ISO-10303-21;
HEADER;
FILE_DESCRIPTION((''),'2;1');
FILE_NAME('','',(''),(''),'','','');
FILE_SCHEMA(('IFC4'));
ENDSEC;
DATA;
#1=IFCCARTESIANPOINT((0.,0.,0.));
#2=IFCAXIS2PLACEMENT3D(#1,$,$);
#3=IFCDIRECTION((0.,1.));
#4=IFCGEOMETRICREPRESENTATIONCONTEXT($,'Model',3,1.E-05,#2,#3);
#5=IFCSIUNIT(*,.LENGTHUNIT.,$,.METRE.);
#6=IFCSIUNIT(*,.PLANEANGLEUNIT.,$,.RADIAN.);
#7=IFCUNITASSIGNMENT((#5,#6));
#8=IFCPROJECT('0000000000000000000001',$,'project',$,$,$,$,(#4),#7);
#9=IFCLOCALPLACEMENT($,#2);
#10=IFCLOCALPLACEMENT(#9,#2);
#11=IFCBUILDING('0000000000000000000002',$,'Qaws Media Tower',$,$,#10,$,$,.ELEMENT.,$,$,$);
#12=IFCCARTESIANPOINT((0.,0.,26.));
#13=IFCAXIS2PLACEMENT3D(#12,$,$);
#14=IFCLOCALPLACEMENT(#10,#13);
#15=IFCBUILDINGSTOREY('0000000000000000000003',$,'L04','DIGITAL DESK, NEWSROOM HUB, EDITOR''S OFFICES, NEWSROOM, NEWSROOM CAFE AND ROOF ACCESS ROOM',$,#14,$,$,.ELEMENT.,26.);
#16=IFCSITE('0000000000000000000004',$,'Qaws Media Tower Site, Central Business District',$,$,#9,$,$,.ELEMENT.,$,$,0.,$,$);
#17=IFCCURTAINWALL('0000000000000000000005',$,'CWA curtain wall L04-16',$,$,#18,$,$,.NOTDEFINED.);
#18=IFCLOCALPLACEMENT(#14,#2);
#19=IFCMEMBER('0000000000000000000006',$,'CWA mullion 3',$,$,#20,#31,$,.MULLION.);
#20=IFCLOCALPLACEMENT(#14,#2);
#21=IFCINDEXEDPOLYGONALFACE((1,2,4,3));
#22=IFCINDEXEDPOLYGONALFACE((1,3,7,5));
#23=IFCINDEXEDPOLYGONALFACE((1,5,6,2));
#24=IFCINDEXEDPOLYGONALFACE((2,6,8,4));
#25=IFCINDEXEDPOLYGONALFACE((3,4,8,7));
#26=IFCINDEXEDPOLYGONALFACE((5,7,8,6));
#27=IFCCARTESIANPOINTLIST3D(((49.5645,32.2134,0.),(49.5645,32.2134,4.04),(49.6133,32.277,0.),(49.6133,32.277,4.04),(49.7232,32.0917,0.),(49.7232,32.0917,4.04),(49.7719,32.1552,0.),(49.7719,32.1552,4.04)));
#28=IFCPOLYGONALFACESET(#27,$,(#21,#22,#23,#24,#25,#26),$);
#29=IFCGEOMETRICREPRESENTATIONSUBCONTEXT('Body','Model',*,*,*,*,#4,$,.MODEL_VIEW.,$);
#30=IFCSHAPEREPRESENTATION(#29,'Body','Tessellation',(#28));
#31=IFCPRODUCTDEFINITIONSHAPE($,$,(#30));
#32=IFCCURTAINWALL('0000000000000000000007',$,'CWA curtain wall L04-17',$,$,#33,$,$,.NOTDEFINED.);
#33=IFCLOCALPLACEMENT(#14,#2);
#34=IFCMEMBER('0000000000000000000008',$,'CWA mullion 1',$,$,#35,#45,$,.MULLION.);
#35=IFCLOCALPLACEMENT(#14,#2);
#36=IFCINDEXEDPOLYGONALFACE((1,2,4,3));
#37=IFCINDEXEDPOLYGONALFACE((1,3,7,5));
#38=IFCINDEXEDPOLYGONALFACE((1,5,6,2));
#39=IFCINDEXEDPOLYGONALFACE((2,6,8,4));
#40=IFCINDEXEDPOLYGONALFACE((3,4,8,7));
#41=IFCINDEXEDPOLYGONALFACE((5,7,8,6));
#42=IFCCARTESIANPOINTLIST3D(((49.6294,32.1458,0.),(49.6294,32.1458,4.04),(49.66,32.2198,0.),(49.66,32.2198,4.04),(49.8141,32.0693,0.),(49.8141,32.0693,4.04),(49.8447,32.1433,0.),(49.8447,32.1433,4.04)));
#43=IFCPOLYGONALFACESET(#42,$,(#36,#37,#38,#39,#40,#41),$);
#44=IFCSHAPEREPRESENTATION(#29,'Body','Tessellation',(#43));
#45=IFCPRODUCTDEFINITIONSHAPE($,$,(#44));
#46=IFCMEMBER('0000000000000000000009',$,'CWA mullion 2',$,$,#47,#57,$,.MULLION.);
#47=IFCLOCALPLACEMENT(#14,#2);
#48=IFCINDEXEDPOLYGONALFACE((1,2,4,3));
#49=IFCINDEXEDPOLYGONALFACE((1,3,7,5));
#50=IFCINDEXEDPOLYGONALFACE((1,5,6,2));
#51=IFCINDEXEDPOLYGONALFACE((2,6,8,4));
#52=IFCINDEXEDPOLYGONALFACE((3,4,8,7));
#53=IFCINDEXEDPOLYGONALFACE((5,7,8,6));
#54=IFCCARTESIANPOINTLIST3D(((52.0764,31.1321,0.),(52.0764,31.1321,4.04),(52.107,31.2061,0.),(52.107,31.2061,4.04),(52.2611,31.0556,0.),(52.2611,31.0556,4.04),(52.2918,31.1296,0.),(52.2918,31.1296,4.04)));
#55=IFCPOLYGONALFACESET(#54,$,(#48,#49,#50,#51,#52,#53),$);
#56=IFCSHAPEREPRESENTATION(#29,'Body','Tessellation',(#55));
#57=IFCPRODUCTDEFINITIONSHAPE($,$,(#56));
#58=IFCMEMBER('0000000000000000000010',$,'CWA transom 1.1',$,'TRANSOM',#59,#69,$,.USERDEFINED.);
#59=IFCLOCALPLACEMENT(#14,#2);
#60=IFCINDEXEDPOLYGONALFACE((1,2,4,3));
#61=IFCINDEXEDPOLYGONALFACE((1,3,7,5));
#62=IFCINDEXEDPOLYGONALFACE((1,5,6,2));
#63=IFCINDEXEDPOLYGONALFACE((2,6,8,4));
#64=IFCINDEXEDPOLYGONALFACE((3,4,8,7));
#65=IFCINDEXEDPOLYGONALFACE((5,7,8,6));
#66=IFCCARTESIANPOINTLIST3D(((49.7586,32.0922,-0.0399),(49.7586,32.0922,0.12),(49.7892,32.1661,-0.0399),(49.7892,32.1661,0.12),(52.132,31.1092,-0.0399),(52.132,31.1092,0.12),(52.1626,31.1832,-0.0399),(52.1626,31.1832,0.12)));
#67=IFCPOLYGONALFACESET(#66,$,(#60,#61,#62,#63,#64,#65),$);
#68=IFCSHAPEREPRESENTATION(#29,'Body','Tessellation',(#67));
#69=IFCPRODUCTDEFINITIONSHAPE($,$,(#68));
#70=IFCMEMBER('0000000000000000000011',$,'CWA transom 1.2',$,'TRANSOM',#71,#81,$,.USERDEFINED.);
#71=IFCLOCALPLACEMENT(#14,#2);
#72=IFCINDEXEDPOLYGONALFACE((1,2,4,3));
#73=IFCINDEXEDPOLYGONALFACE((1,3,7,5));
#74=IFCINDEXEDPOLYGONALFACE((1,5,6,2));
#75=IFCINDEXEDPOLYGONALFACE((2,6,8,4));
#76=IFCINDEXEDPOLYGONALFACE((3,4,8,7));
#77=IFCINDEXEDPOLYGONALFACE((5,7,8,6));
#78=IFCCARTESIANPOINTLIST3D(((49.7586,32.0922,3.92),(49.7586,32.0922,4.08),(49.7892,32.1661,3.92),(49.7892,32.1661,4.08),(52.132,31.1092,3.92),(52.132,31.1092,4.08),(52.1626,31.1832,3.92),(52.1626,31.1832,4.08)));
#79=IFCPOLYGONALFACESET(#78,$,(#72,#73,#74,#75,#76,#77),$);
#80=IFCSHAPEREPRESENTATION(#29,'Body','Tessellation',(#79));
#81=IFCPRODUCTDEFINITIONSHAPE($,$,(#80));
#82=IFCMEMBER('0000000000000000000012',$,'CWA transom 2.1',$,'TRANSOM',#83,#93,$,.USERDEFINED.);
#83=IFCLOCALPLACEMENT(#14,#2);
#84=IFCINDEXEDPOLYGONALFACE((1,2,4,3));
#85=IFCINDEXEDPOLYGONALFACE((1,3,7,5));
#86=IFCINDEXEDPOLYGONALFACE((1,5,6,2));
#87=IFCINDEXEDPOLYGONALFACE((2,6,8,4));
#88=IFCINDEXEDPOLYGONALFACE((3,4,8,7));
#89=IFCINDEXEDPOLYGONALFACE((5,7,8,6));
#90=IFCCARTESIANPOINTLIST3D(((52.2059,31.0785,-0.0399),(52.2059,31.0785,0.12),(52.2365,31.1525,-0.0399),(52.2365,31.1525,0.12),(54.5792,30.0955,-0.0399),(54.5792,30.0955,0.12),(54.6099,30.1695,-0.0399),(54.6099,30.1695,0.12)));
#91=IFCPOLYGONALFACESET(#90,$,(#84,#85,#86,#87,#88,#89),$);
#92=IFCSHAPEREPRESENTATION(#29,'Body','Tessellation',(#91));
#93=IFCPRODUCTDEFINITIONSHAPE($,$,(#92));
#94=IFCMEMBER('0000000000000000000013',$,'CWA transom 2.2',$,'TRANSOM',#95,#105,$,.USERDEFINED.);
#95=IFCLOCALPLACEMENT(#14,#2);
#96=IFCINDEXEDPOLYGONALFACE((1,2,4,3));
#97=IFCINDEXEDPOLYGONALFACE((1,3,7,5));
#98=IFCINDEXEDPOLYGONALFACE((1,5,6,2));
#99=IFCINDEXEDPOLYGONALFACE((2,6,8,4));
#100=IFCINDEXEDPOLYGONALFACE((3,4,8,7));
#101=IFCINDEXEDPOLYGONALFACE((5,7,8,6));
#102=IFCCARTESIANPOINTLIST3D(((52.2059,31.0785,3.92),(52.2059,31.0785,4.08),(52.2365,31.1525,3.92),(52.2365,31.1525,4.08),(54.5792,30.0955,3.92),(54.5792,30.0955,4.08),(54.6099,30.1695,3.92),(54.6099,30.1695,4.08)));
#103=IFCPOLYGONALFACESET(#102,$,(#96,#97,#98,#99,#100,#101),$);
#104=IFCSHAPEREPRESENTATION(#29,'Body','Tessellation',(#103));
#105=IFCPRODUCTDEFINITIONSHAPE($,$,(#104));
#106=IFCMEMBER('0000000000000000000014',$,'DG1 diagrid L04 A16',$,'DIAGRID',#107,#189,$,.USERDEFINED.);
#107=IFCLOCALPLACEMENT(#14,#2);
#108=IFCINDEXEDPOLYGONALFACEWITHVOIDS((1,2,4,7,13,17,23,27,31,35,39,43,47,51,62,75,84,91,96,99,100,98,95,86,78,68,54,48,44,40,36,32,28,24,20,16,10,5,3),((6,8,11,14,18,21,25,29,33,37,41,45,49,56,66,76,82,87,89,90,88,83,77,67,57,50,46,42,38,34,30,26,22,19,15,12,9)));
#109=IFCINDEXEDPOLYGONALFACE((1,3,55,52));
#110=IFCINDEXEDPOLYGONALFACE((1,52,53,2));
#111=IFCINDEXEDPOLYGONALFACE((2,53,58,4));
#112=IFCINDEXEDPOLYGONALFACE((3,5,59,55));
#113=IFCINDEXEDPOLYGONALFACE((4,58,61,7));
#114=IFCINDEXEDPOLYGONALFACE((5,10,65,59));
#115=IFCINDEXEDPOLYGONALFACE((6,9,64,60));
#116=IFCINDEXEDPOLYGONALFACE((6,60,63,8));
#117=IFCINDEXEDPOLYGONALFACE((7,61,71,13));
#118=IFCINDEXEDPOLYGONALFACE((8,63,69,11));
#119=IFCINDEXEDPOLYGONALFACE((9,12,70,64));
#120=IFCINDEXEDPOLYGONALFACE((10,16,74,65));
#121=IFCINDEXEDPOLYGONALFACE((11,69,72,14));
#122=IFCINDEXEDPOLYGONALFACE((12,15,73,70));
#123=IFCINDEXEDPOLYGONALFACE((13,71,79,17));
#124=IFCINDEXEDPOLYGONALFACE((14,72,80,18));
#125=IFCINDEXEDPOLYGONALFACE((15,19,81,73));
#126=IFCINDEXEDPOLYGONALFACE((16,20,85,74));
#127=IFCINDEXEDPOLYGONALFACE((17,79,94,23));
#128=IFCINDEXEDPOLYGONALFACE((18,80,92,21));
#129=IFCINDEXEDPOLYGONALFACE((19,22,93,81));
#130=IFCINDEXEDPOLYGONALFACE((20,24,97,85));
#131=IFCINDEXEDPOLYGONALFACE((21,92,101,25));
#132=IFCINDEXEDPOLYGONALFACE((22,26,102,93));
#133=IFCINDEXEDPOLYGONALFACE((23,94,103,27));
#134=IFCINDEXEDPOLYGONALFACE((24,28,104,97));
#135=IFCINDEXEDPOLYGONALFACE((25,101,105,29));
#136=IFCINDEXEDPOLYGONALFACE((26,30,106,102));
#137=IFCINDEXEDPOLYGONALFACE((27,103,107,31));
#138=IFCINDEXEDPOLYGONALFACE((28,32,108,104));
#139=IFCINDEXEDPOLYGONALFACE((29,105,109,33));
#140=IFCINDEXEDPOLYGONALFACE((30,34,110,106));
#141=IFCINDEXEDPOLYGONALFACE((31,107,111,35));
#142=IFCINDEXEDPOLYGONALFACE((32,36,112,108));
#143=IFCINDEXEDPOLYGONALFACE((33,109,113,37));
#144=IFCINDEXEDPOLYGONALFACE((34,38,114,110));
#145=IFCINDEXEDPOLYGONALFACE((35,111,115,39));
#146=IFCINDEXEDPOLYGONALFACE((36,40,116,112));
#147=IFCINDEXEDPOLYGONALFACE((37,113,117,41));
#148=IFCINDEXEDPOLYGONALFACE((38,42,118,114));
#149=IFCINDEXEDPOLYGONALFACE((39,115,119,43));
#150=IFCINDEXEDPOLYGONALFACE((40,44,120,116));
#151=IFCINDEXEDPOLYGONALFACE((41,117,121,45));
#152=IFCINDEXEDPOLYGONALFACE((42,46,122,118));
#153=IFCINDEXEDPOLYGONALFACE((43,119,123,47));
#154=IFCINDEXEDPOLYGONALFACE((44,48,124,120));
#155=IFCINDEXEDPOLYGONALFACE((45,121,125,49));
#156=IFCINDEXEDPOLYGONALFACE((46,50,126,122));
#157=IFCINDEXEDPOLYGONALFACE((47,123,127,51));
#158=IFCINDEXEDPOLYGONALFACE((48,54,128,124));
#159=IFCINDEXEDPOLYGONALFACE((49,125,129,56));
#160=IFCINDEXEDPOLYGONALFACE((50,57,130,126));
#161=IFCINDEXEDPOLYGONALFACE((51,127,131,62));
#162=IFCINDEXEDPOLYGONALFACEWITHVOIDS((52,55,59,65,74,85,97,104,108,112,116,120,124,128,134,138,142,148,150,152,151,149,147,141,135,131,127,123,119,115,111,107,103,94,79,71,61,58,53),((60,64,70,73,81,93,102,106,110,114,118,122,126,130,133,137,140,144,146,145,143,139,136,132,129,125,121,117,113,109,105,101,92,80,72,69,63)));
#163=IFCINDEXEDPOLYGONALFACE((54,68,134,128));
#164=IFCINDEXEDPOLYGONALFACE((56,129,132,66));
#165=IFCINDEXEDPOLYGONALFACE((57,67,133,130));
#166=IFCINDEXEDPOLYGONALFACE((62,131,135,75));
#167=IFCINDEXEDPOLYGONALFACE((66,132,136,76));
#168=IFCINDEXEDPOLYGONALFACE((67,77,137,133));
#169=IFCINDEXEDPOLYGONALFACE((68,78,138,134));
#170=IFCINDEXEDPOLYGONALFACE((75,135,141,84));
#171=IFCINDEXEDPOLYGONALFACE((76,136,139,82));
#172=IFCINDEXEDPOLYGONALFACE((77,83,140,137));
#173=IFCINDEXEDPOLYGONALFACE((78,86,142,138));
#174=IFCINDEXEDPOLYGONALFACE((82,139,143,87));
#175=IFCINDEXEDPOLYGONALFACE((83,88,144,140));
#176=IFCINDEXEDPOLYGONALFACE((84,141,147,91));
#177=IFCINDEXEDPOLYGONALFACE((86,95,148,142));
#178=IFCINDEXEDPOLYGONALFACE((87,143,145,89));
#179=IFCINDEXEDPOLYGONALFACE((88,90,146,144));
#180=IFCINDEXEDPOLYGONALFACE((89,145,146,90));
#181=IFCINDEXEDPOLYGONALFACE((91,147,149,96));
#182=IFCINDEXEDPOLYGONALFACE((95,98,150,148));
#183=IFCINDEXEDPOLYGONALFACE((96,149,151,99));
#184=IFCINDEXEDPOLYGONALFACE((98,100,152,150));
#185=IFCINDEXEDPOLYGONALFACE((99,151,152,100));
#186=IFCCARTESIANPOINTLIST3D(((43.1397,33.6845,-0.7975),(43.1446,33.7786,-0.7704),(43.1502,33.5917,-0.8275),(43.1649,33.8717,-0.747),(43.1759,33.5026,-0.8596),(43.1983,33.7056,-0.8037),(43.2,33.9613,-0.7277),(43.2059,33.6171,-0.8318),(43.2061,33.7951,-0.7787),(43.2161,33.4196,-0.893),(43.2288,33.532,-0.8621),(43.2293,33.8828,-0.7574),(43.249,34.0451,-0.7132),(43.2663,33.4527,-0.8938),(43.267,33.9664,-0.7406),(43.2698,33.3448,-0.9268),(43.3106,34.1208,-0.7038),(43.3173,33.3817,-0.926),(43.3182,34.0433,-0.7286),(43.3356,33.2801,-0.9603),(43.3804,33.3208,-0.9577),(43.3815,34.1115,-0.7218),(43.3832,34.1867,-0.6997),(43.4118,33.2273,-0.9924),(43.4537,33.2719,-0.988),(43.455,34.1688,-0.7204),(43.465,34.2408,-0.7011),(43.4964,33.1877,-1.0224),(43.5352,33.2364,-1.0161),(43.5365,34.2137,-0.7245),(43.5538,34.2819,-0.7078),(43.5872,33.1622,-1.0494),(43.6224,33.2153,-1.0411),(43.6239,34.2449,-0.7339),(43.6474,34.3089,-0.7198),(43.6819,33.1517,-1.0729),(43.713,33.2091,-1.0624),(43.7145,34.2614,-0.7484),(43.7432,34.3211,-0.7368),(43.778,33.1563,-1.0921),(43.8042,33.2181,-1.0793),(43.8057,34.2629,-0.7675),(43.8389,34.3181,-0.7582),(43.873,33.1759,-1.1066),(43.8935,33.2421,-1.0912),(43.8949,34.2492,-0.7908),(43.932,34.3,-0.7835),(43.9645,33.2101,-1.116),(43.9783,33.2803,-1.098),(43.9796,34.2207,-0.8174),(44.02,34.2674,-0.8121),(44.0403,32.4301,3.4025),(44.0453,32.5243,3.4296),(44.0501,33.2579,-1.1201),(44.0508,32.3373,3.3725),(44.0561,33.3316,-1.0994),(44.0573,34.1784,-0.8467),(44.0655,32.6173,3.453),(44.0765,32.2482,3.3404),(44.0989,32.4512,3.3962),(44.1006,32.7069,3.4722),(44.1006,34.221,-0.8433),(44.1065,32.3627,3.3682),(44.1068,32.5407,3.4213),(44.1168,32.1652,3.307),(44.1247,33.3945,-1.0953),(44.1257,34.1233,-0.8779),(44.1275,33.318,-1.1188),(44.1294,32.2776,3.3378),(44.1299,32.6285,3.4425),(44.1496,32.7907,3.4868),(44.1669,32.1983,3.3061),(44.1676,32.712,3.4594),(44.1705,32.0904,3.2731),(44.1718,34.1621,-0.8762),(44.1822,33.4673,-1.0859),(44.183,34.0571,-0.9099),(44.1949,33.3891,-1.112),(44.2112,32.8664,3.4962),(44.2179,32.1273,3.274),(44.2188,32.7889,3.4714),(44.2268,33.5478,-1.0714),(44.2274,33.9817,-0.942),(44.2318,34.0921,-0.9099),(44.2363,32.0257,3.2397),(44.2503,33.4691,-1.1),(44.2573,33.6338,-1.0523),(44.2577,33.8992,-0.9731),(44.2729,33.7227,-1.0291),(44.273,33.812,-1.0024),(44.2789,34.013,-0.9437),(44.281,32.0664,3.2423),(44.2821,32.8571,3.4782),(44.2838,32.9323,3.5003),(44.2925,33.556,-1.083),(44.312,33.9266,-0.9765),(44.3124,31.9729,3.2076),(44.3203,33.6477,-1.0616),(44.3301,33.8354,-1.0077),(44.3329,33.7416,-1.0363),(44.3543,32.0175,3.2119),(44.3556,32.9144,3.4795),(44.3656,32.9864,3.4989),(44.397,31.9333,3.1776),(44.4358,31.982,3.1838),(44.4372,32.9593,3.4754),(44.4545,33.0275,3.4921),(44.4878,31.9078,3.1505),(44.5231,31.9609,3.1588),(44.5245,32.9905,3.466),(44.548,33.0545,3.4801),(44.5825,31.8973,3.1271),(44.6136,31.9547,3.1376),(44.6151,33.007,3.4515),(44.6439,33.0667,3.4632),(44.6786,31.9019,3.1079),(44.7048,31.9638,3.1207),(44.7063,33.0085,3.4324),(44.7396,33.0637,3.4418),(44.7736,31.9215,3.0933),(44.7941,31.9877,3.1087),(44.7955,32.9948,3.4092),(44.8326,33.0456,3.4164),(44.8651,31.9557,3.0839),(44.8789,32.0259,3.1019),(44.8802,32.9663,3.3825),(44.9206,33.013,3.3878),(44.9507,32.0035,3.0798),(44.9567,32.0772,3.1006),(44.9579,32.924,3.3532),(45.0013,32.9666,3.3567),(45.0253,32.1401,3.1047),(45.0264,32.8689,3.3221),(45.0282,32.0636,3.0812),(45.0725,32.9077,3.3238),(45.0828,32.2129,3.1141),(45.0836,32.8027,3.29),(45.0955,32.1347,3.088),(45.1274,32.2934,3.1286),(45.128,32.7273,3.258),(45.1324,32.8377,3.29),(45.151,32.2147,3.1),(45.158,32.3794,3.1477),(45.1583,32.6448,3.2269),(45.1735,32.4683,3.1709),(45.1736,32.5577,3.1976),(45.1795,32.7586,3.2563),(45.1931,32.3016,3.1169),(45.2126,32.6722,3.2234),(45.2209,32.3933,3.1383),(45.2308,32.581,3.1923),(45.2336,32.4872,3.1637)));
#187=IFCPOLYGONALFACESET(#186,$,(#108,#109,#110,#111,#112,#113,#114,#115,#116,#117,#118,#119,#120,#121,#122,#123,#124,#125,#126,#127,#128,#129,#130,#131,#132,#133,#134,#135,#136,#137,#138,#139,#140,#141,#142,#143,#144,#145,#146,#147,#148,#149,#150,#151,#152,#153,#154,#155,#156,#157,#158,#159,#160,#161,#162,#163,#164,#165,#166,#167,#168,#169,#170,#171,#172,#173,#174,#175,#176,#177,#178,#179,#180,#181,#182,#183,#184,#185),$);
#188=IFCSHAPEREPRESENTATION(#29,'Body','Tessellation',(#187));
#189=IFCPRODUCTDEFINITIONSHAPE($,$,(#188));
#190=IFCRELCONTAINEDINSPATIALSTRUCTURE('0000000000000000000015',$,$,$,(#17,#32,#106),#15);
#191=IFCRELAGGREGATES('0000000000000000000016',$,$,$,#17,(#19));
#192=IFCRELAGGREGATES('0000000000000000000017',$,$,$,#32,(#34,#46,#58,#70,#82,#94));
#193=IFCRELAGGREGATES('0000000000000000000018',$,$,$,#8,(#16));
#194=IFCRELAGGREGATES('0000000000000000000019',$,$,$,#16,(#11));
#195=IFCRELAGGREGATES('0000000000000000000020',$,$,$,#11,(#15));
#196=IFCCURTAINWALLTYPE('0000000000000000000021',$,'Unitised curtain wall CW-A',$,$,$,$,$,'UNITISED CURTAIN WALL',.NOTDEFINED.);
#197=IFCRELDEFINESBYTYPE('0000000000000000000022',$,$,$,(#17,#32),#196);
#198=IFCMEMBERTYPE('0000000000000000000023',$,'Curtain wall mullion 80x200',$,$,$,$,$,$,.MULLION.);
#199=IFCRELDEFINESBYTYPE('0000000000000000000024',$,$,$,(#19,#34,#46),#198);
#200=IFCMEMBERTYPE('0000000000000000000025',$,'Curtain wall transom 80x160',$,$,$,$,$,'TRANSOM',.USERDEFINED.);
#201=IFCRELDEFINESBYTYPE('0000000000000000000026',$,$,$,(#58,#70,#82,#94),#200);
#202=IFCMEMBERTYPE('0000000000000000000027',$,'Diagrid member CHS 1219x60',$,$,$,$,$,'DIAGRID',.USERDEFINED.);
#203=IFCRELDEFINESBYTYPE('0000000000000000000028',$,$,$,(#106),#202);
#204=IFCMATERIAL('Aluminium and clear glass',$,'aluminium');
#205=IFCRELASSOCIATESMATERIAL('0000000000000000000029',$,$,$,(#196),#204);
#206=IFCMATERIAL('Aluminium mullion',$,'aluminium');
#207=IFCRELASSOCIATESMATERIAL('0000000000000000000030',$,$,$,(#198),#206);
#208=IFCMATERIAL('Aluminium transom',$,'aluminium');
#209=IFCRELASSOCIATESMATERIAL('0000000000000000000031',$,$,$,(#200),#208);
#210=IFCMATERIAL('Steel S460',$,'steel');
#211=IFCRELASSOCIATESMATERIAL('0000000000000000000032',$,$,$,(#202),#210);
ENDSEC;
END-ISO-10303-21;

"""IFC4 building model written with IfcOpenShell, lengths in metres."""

from ifc_helpers import new_model, si_unit, direction, frame, origin, origin_2d, place, context, subcontext, project, spatial, rectangle, hollow_circle, extrude, material, material_profile, profile_set, type_object, element, aggregate, save


model = new_model("IFC4")

# Units and contexts
model_context = context("Model", 3, precision=1e-05, world=origin(), true_north=direction((0.0, 1.0)))
body_context = subcontext(model_context, "Body", "Model", "MODEL_VIEW")
ifc_project = project(units=[si_unit("LENGTHUNIT", "METRE"), si_unit("PLANEANGLEUNIT", "RADIAN")], contexts=[model_context])

# Site, building, storey
site_placement = place(None, origin())
site = spatial("IfcSite", under=ifc_project, at=site_placement, Name="Qaws Media Tower Site, Central Business District", CompositionType="ELEMENT", RefElevation=0.0)
building_placement = place(site_placement, origin())
building = spatial("IfcBuilding", under=site, at=building_placement, Name="Qaws Media Tower", CompositionType="ELEMENT")
storey_placement = place(building_placement, frame((0.0, 0.0, 26.0)))
storey = spatial("IfcBuildingStorey", under=building, at=storey_placement, Name="L04", Description="DIGITAL DESK, NEWSROOM HUB, EDITOR'S OFFICES, NEWSROOM, NEWSROOM CAFE AND ROOF ACCESS ROOM", CompositionType="ELEMENT", Elevation=26.0)

# Curtain wall, member
ifc_material_1 = material(Name="Aluminium and clear glass", Category="aluminium")
curtain_wall_type = type_object("IfcCurtainWallType", Name="Unitised curtain wall CW-A", ElementType="UNITISED CURTAIN WALL", PredefinedType="NOTDEFINED", material=ifc_material_1)
curtain_wall_1_placement = place(storey_placement, origin())
curtain_wall_1 = element("IfcCurtainWall", 1, at=curtain_wall_1_placement, inside=storey, type_object=curtain_wall_type, Name="CWA curtain wall L04-16", PredefinedType="NOTDEFINED")
ifc_material_2 = material(Name="Aluminium mullion", Category="aluminium")
ifc_material_profile_1 = material_profile(ifc_material_2, rectangle(XDim=0.0801, YDim=0.2, at=origin_2d()), Name="80x200")
ifc_profile_set_1 = profile_set([ifc_material_profile_1], Name="Aluminium mullion")
member_type_1 = type_object("IfcMemberType", Name="Curtain wall mullion 80x200", PredefinedType="MULLION", material=ifc_profile_set_1)
member_1_placement = place(storey_placement, frame((49.6682, 32.1843, 0.0), z_axis=(0.0, 0.0, 1.0), x_axis=(0.608761, 0.793353, 0.0)))
member_1 = element("IfcMember", 2, at=member_1_placement, type_object=member_type_1, Name="CWA mullion 3", PredefinedType="MULLION", context=body_context, shape_type="SweptSolid", body=[
    extrude(rectangle(XDim=0.0801, YDim=0.2, at=origin_2d()), origin(), (0.0, 0.0, 1.0), 4.04),
])

# Curtain wall, members
curtain_wall_2_placement = place(storey_placement, origin())
curtain_wall_2 = element("IfcCurtainWall", 3, at=curtain_wall_2_placement, inside=storey, type_object=curtain_wall_type, Name="CWA curtain wall L04-17", PredefinedType="NOTDEFINED")
member_2_placement = place(storey_placement, frame((49.7371, 32.1445, 0.0), z_axis=(0.0, 0.0, 1.0), x_axis=(0.382683, 0.92388, 0.0)))
member_2 = element("IfcMember", 4, at=member_2_placement, type_object=member_type_1, Name="CWA mullion 1", PredefinedType="MULLION", context=body_context, shape_type="SweptSolid", body=[
    extrude(rectangle(XDim=0.0801, YDim=0.2, at=origin_2d()), origin(), (0.0, 0.0, 1.0), 4.04),
])
member_3_placement = place(storey_placement, frame((52.1841, 31.1309, 0.0), z_axis=(0.0, 0.0, 1.0), x_axis=(0.382683, 0.92388, 0.0)))
member_3 = element("IfcMember", 5, at=member_3_placement, type_object=member_type_1, Name="CWA mullion 2", PredefinedType="MULLION", context=body_context, shape_type="SweptSolid", body=[
    extrude(rectangle(XDim=0.0801, YDim=0.2, at=origin_2d()), origin(), (0.0, 0.0, 1.0), 4.04),
])
ifc_material_3 = material(Name="Aluminium transom", Category="aluminium")
ifc_material_profile_2 = material_profile(ifc_material_3, rectangle(XDim=0.0801, YDim=0.1599, at=origin_2d()), Name="80x160")
ifc_profile_set_2 = profile_set([ifc_material_profile_2], Name="Aluminium transom")
member_type_2 = type_object("IfcMemberType", Name="Curtain wall transom 80x160", ElementType="TRANSOM", PredefinedType="USERDEFINED", material=ifc_profile_set_2)
member_4_placement = place(storey_placement, frame((49.7739, 32.1292, 0.04), z_axis=(0.923899, -0.382637, 0.0), x_axis=(0.382637, 0.923899, 0.0)))
member_4 = element("IfcMember", 6, at=member_4_placement, type_object=member_type_2, Name="CWA transom 1.1", ObjectType="TRANSOM", PredefinedType="USERDEFINED", context=body_context, shape_type="SweptSolid", body=[
    extrude(rectangle(XDim=0.0801, YDim=0.1599, at=origin_2d()), origin(), (0.0, 0.0, 1.0), 2.5688),
])
member_5_placement = place(storey_placement, frame((49.7739, 32.1292, 4.0), z_axis=(0.923899, -0.382637, 0.0), x_axis=(0.382637, 0.923899, 0.0)))
member_5 = element("IfcMember", 7, at=member_5_placement, type_object=member_type_2, Name="CWA transom 1.2", ObjectType="TRANSOM", PredefinedType="USERDEFINED", context=body_context, shape_type="SweptSolid", body=[
    extrude(rectangle(XDim=0.0801, YDim=0.1599, at=origin_2d()), origin(), (0.0, 0.0, 1.0), 2.5688),
])
member_6_placement = place(storey_placement, frame((52.2212, 31.1155, 0.04), z_axis=(0.923899, -0.382637, 0.0), x_axis=(0.382637, 0.923899, 0.0)))
member_6 = element("IfcMember", 8, at=member_6_placement, type_object=member_type_2, Name="CWA transom 2.1", ObjectType="TRANSOM", PredefinedType="USERDEFINED", context=body_context, shape_type="SweptSolid", body=[
    extrude(rectangle(XDim=0.0801, YDim=0.1599, at=origin_2d()), origin(), (0.0, 0.0, 1.0), 2.5688),
])
member_7_placement = place(storey_placement, frame((52.2212, 31.1155, 4.0), z_axis=(0.923899, -0.382637, 0.0), x_axis=(0.382637, 0.923899, 0.0)))
member_7 = element("IfcMember", 9, at=member_7_placement, type_object=member_type_2, Name="CWA transom 2.2", ObjectType="TRANSOM", PredefinedType="USERDEFINED", context=body_context, shape_type="SweptSolid", body=[
    extrude(rectangle(XDim=0.0801, YDim=0.1599, at=origin_2d()), origin(), (0.0, 0.0, 1.0), 2.5688),
])

# Member
ifc_material_4 = material(Name="Steel S460", Category="steel")
ifc_material_profile_3 = material_profile(ifc_material_4, hollow_circle(Radius=0.6096, WallThickness=0.0601, at=origin_2d()), Name="CHS 1219x60")
ifc_profile_set_3 = profile_set([ifc_material_profile_3], Name="Steel S460")
member_type_3 = type_object("IfcMemberType", Name="Diagrid member CHS 1219x60", ElementType="DIAGRID", PredefinedType="USERDEFINED", material=ifc_profile_set_3)
for number, where, z_axis, x_axis, name in (
    (10, (43.7366, 33.7366, -0.9099), (0.201266, -0.280321, 0.938569), (0.81231, 0.583226, 0.0), "DG1 diagrid L04 A16"),
):
    element("IfcMember", number, at=place(storey_placement, frame(where, z_axis=z_axis, x_axis=x_axis)), inside=storey, type_object=member_type_3, Name=name, ObjectType="DIAGRID", PredefinedType="USERDEFINED", context=body_context, shape_type="SweptSolid", body=[
        extrude(hollow_circle(Radius=0.6096, WallThickness=0.0601, at=origin_2d()), origin(), (0.0, 0.0, 1.0), 4.4749),
    ])

aggregate(curtain_wall_1, [member_1])
aggregate(curtain_wall_2, [member_2, member_3, member_4, member_5, member_6, member_7])

save(model, "model.ifc")
